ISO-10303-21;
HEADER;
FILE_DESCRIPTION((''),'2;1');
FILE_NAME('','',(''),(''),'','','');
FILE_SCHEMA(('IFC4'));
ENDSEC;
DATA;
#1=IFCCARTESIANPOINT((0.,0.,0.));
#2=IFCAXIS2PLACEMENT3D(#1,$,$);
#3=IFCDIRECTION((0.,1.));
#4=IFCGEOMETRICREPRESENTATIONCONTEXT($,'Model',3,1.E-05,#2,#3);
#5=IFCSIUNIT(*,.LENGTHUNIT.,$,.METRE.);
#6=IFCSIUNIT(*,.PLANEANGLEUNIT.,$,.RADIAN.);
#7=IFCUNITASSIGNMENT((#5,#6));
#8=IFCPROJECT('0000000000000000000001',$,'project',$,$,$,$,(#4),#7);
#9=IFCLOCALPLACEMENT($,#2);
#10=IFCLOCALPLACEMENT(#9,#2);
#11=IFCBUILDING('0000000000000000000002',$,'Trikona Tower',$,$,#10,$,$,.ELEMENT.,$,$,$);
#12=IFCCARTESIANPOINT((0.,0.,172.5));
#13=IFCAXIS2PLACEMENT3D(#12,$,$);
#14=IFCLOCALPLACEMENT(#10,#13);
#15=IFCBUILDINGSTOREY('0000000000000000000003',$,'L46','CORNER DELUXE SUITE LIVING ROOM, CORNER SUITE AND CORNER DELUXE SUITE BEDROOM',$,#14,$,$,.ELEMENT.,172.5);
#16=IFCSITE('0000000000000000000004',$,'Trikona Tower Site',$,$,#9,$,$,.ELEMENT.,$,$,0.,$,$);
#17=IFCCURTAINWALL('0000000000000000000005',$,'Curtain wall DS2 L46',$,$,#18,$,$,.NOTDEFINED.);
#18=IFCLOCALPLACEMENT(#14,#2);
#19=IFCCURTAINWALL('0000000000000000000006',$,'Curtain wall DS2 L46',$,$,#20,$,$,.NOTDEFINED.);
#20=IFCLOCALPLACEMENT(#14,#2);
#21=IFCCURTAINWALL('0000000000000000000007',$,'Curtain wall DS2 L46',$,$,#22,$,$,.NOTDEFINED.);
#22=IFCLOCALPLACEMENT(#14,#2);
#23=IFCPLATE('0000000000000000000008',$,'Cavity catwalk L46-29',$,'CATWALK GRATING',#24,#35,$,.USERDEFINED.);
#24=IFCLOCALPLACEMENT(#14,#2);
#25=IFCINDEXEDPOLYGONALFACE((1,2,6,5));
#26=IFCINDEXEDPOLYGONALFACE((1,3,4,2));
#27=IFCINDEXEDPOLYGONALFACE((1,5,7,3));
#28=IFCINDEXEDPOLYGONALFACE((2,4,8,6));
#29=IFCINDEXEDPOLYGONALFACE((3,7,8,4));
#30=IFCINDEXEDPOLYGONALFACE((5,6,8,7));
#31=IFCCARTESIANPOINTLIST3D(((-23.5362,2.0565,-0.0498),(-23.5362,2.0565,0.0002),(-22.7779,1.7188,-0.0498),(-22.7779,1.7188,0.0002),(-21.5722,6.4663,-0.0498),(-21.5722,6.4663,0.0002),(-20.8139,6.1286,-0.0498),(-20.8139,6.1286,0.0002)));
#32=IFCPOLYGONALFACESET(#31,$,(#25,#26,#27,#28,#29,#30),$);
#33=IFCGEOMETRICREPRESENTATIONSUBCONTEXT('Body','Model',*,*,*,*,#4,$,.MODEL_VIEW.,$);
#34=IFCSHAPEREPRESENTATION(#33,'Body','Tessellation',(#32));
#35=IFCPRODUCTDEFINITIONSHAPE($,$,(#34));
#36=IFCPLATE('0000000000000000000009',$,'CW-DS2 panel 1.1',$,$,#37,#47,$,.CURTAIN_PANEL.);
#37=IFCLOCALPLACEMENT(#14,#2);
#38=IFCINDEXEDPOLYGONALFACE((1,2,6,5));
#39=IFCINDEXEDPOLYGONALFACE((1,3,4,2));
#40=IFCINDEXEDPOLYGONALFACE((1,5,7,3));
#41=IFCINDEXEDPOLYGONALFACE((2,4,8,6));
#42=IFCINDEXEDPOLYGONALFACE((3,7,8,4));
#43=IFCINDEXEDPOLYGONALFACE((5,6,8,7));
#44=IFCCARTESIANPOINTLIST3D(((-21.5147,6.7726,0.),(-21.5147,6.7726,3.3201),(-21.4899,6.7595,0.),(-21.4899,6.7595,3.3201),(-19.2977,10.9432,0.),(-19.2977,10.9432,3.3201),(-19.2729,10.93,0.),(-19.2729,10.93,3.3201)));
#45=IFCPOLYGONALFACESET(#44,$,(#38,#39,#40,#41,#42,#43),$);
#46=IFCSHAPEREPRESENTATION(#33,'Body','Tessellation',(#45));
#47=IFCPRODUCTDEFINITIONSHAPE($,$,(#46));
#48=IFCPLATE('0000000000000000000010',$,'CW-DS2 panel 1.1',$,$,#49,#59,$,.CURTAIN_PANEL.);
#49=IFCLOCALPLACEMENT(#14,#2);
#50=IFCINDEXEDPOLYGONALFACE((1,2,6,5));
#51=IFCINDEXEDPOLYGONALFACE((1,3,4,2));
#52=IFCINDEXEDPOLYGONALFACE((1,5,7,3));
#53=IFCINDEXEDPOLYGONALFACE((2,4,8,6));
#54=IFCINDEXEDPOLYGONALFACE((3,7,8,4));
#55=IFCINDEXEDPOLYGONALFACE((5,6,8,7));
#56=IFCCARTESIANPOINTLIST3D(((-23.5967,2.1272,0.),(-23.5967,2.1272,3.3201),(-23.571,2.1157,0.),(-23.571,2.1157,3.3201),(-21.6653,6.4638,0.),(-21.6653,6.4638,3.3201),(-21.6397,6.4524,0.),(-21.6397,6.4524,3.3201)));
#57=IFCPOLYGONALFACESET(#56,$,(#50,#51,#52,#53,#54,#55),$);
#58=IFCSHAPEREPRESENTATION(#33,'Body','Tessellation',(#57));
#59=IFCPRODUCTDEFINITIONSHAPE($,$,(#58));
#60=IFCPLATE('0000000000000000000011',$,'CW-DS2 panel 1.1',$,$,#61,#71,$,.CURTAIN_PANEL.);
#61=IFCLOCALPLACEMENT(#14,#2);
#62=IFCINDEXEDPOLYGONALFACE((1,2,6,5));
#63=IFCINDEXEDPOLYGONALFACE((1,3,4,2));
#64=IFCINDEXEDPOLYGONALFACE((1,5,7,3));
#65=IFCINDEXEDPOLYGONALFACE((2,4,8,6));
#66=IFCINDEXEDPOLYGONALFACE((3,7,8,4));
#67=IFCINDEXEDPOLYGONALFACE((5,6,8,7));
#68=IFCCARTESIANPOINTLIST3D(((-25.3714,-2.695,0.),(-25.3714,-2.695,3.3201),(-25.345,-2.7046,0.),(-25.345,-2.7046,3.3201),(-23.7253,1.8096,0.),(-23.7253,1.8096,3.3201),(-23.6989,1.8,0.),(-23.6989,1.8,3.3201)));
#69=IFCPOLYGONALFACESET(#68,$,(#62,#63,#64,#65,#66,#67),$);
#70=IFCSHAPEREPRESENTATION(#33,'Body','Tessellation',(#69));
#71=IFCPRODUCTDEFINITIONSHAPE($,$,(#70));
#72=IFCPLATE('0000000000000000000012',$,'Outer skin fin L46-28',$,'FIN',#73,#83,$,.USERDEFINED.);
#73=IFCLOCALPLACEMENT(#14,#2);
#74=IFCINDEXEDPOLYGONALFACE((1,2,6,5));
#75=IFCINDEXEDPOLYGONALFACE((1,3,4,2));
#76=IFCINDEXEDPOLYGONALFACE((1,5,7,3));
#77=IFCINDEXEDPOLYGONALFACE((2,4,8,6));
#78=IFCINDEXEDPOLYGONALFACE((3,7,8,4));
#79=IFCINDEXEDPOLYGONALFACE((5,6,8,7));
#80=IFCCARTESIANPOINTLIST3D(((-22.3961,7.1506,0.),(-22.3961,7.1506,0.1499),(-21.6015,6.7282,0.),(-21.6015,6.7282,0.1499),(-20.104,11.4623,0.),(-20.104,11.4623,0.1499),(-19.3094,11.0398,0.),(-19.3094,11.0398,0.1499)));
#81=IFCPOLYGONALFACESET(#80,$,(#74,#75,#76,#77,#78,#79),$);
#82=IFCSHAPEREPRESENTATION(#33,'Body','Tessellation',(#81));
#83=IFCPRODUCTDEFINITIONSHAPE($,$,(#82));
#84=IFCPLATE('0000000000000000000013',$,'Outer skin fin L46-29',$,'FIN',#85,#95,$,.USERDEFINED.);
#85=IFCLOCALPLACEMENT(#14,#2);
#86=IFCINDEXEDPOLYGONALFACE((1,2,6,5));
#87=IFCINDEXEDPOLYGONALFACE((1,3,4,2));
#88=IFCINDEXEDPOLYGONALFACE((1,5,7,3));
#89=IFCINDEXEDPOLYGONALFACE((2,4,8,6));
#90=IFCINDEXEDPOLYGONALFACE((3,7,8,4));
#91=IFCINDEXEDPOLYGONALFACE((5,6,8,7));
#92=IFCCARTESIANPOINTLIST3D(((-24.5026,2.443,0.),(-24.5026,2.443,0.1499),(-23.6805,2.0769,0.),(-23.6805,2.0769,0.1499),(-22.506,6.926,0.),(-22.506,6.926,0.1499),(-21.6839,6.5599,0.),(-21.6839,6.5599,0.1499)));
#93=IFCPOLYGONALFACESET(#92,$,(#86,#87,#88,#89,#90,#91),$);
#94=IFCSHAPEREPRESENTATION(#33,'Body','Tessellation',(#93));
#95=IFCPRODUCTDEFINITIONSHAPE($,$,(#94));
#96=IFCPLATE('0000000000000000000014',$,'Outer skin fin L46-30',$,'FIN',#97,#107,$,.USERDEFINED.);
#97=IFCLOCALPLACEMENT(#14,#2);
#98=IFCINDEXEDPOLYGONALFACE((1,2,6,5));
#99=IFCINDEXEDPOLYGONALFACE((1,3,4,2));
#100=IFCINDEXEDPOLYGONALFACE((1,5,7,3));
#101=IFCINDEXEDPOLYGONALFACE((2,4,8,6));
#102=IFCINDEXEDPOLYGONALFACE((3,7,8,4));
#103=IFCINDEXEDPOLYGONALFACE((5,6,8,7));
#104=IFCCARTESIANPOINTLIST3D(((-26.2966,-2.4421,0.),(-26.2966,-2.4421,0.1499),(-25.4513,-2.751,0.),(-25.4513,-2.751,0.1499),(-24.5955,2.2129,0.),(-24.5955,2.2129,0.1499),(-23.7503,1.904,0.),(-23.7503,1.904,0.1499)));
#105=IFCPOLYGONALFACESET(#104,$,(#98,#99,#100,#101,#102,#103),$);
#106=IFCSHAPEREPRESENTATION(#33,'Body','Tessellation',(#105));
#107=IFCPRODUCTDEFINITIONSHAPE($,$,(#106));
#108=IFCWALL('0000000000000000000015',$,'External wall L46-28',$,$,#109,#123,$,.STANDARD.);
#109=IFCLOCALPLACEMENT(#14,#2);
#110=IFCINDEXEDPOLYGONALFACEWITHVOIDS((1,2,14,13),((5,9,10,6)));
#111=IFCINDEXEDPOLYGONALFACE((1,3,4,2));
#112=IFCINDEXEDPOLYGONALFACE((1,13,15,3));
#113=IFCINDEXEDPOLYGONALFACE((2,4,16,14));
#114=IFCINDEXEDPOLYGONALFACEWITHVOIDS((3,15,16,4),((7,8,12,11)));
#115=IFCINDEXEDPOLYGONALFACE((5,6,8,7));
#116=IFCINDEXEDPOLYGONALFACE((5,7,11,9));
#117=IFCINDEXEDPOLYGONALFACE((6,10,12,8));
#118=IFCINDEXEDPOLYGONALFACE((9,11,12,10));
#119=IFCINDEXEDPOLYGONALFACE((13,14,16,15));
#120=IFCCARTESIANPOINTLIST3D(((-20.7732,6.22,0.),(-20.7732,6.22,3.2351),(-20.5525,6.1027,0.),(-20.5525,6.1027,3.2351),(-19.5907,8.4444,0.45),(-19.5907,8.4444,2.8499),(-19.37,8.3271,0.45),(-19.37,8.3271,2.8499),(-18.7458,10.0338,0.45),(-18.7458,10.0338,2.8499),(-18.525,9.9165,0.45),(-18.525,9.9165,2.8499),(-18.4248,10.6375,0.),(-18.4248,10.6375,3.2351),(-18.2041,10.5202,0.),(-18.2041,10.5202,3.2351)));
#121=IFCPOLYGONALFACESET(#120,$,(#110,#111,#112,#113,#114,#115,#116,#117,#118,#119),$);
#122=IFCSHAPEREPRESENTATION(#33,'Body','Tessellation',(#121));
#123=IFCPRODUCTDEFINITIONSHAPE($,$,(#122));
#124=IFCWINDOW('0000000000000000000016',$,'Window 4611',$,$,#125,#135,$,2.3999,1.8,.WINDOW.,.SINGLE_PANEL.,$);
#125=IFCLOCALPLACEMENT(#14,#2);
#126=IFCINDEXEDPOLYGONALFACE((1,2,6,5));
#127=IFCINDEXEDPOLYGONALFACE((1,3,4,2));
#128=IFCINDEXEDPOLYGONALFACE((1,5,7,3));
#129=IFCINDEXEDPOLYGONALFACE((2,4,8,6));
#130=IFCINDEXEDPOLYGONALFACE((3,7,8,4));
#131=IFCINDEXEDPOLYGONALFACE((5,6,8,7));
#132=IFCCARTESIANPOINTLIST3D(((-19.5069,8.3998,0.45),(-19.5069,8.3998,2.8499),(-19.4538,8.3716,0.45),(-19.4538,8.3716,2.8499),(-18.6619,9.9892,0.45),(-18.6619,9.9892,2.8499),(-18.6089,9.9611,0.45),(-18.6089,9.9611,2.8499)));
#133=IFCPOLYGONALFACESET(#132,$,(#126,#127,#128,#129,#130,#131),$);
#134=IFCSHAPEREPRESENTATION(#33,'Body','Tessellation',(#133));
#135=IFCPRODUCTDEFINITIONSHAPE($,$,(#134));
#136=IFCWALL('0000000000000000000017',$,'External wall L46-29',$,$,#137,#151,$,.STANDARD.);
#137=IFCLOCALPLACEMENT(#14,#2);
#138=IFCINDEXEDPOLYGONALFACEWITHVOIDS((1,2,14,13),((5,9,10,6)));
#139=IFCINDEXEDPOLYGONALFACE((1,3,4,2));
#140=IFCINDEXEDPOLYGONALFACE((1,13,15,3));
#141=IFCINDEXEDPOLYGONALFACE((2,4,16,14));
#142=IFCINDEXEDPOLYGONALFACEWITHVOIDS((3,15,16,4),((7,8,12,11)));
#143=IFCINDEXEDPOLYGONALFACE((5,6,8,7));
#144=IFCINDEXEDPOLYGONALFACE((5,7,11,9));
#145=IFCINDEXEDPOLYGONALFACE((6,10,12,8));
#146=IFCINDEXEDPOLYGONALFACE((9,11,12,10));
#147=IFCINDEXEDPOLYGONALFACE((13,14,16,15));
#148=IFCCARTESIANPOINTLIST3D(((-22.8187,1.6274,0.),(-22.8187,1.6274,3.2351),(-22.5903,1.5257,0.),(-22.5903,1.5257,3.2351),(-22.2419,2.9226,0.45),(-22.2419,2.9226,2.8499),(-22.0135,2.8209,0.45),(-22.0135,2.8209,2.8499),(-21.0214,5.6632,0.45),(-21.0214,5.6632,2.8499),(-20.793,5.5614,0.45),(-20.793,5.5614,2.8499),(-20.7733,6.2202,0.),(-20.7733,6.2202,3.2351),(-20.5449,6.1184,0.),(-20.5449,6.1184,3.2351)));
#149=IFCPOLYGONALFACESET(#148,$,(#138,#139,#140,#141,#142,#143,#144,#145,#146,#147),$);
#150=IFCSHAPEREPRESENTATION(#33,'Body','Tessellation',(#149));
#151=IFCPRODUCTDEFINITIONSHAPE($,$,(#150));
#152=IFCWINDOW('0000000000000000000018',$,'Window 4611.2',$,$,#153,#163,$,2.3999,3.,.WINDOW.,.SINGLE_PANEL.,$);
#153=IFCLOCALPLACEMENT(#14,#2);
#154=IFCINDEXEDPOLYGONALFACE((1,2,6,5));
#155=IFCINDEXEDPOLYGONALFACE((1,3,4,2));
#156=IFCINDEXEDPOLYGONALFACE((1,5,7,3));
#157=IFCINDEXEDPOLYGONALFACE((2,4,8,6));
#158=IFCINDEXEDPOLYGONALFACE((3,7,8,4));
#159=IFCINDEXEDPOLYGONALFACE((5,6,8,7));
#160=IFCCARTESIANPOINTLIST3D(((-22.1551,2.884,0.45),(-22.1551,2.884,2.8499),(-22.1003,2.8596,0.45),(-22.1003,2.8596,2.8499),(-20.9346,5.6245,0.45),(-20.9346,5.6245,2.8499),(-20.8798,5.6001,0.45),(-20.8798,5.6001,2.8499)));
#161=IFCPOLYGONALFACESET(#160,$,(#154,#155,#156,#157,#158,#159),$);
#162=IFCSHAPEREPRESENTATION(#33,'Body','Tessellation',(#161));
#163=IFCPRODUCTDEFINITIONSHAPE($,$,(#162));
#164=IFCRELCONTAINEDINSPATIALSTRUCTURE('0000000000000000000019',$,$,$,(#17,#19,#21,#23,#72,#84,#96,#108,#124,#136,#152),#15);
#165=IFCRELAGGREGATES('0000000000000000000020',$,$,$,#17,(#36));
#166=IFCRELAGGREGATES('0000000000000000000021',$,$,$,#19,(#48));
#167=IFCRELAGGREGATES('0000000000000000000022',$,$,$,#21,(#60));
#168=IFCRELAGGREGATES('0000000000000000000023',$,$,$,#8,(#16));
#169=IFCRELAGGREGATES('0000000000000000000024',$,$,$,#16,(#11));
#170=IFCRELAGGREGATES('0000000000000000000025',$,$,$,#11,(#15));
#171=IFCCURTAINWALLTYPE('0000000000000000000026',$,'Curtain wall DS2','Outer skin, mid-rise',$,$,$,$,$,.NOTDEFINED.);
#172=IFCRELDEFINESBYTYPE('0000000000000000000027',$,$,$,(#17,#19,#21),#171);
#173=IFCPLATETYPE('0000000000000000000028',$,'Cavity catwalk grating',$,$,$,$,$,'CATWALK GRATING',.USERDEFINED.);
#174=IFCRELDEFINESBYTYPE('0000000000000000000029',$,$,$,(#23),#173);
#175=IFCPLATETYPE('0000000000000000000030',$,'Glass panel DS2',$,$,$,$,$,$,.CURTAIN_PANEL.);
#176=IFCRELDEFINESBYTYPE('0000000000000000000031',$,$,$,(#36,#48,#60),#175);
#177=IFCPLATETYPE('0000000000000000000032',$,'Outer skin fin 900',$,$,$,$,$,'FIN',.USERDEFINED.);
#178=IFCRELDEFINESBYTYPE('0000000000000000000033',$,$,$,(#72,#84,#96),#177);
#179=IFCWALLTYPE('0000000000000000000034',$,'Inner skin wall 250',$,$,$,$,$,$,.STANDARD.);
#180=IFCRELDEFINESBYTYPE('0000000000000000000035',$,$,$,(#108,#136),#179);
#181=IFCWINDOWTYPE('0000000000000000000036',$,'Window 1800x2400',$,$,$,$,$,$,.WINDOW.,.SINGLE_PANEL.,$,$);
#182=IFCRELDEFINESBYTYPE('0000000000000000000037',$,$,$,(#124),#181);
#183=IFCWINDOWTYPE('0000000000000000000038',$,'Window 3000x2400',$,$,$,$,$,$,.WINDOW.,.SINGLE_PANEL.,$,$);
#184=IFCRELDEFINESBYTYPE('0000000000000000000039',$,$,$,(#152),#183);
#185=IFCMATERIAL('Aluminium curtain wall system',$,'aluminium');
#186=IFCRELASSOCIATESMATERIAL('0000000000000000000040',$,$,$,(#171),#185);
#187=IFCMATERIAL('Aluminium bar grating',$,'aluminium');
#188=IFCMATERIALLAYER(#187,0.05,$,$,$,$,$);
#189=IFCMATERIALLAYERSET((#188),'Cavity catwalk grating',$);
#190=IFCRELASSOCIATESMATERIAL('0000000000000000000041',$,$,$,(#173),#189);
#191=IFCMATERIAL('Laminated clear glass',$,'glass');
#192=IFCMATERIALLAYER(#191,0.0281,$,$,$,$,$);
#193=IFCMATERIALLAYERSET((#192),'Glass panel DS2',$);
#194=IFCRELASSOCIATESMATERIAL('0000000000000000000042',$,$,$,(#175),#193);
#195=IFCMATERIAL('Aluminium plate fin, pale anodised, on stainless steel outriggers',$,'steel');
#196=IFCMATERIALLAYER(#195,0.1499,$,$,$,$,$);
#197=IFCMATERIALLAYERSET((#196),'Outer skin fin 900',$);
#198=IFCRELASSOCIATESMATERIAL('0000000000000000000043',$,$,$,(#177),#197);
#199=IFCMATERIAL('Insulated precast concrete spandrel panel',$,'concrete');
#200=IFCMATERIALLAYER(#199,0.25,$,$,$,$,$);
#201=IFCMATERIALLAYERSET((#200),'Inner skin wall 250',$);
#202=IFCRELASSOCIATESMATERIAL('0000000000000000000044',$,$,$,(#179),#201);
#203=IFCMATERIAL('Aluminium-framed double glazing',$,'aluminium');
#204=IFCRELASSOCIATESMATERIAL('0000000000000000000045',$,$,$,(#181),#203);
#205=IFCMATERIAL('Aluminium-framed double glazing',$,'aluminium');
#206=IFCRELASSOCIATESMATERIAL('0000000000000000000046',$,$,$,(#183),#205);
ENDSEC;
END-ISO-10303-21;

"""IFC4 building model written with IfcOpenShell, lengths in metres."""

from ifc_helpers import new_model, si_unit, direction, frame, frame_2d, origin, origin_2d, place, context, subcontext, project, spatial, rectangle, extrude, material, layer, layer_set, type_object, element, fill, aggregate, save


model = new_model("IFC4")

# Units and contexts
model_context = context("Model", 3, precision=1e-05, world=origin(), true_north=direction((0.0, 1.0)))
body_context = subcontext(model_context, "Body", "Model", "MODEL_VIEW")
ifc_project = project(units=[si_unit("LENGTHUNIT", "METRE"), si_unit("PLANEANGLEUNIT", "RADIAN")], contexts=[model_context])

# Site, building, storey
site_placement = place(None, origin())
site = spatial("IfcSite", under=ifc_project, at=site_placement, Name="Trikona Tower Site", CompositionType="ELEMENT", RefElevation=0.0)
building_placement = place(site_placement, origin())
building = spatial("IfcBuilding", under=site, at=building_placement, Name="Trikona Tower", CompositionType="ELEMENT")
storey_placement = place(building_placement, frame((0.0, 0.0, 172.5)))
storey = spatial("IfcBuildingStorey", under=building, at=storey_placement, Name="L46", Description="CORNER DELUXE SUITE LIVING ROOM, CORNER SUITE AND CORNER DELUXE SUITE BEDROOM", CompositionType="ELEMENT", Elevation=172.5)

# Shared definitions
ifc_material_1 = material(Name="Aluminium curtain wall system", Category="aluminium")
curtain_wall_type = type_object("IfcCurtainWallType", Name="Curtain wall DS2", Description="Outer skin, mid-rise", PredefinedType="NOTDEFINED", material=ifc_material_1)

# Curtain walls
curtain_wall_1_placement = place(storey_placement, origin())
curtain_wall_1 = element("IfcCurtainWall", 1, at=curtain_wall_1_placement, inside=storey, type_object=curtain_wall_type, Name="Curtain wall DS2 L46", PredefinedType="NOTDEFINED")
curtain_wall_2_placement = place(storey_placement, origin())
curtain_wall_2 = element("IfcCurtainWall", 2, at=curtain_wall_2_placement, inside=storey, type_object=curtain_wall_type, Name="Curtain wall DS2 L46", PredefinedType="NOTDEFINED")

# Curtain wall
curtain_wall_3_placement = place(storey_placement, origin())
curtain_wall_3 = element("IfcCurtainWall", 3, at=curtain_wall_3_placement, inside=storey, type_object=curtain_wall_type, Name="Curtain wall DS2 L46", PredefinedType="NOTDEFINED")

# Plate
ifc_material_2 = material(Name="Aluminium bar grating", Category="aluminium")
ifc_layer_1 = layer(ifc_material_2, 0.05)
ifc_layer_set_1 = layer_set([ifc_layer_1], Name="Cavity catwalk grating")
plate_type_1 = type_object("IfcPlateType", Name="Cavity catwalk grating", ElementType="CATWALK GRATING", PredefinedType="USERDEFINED", material=ifc_layer_set_1)
plate_1_placement = place(storey_placement, frame((-22.175, 4.0925, -0.0498), z_axis=(0.0, 0.0, 1.0), x_axis=(-0.406843, -0.913498, 0.0)))
element("IfcPlate", 4, at=plate_1_placement, inside=storey, type_object=plate_type_1, Name="Cavity catwalk L46-29", ObjectType="CATWALK GRATING", PredefinedType="USERDEFINED", context=body_context, shape_type="SweptSolid", body=[
    extrude(rectangle(XDim=4.8274, YDim=0.8301, at=origin_2d()), origin(), (0.0, 0.0, 1.0), 0.05),
])

# Plates
ifc_material_3 = material(Name="Laminated clear glass", Category="glass")
ifc_layer_2 = layer(ifc_material_3, 0.0281)
ifc_layer_set_2 = layer_set([ifc_layer_2], Name="Glass panel DS2")
plate_type_2 = type_object("IfcPlateType", Name="Glass panel DS2", PredefinedType="CURTAIN_PANEL", material=ifc_layer_set_2)
plate_2_placement = place(storey_placement, frame((-20.3938, 8.8513, 0.0), z_axis=(0.0, 0.0, 1.0), x_axis=(-0.46938, -0.882996, 0.0)))
plate_2 = element("IfcPlate", 5, at=plate_2_placement, type_object=plate_type_2, Name="CW-DS2 panel 1.1", PredefinedType="CURTAIN_PANEL", context=body_context, shape_type="SweptSolid", body=[
    extrude(rectangle(XDim=4.7231, YDim=0.0281, at=origin_2d()), origin(), (0.0, 0.0, 1.0), 3.3201),
])
aggregate(curtain_wall_1, [plate_2])
plate_3_placement = place(storey_placement, frame((-22.6182, 4.2898, 0.0), z_axis=(0.0, 0.0, 1.0), x_axis=(-0.406836, -0.913501, 0.0)))
plate_3 = element("IfcPlate", 6, at=plate_3_placement, type_object=plate_type_2, Name="CW-DS2 panel 1.1", PredefinedType="CURTAIN_PANEL", context=body_context, shape_type="SweptSolid", body=[
    extrude(rectangle(XDim=4.7473, YDim=0.0281, at=origin_2d()), origin(), (0.0, 0.0, 1.0), 3.3201),
])
aggregate(curtain_wall_2, [plate_3])
plate_4_placement = place(storey_placement, frame((-24.5352, -0.4475, 0.0), z_axis=(0.0, 0.0, 1.0), x_axis=(-0.343223, -0.939254, 0.0)))
plate_4 = element("IfcPlate", 7, at=plate_4_placement, type_object=plate_type_2, Name="CW-DS2 panel 1.1", PredefinedType="CURTAIN_PANEL", context=body_context, shape_type="SweptSolid", body=[
    extrude(rectangle(XDim=4.7959, YDim=0.0281, at=origin_2d()), origin(), (0.0, 0.0, 1.0), 3.3201),
])
aggregate(curtain_wall_3, [plate_4])

# Plates
ifc_material_4 = material(Name="Aluminium plate fin, pale anodised, on stainless steel outriggers", Category="steel")
ifc_layer_3 = layer(ifc_material_4, 0.1499)
ifc_layer_set_3 = layer_set([ifc_layer_3], Name="Outer skin fin 900")
plate_type_3 = type_object("IfcPlateType", Name="Outer skin fin 900", ElementType="FIN", PredefinedType="USERDEFINED", material=ifc_layer_set_3)
plate_5_placement = place(storey_placement, frame((-20.8528, 9.0952, 0.0), z_axis=(0.0, 0.0, 1.0), x_axis=(-0.469398, -0.882987, 0.0)))
element("IfcPlate", 8, at=plate_5_placement, inside=storey, type_object=plate_type_3, Name="Outer skin fin L46-28", ObjectType="FIN", PredefinedType="USERDEFINED", context=body_context, shape_type="SweptSolid", body=[
    extrude(rectangle(XDim=4.8831, YDim=0.8999, at=origin_2d()), origin(), (0.0, 0.0, 1.0), 0.1499),
])
plate_6_placement = place(storey_placement, frame((-23.0933, 4.5015, 0.0), z_axis=(0.0, 0.0, 1.0), x_axis=(-0.406843, -0.913498, 0.0)))
element("IfcPlate", 9, at=plate_6_placement, inside=storey, type_object=plate_type_3, Name="Outer skin fin L46-29", ObjectType="FIN", PredefinedType="USERDEFINED", context=body_context, shape_type="SweptSolid", body=[
    extrude(rectangle(XDim=4.9075, YDim=0.8999, at=origin_2d()), origin(), (0.0, 0.0, 1.0), 0.1499),
])
plate_7_placement = place(storey_placement, frame((-25.0234, -0.269, 0.0), z_axis=(0.0, 0.0, 1.0), x_axis=(-0.34322, -0.939255, 0.0)))
element("IfcPlate", 10, at=plate_7_placement, inside=storey, type_object=plate_type_3, Name="Outer skin fin L46-30", ObjectType="FIN", PredefinedType="USERDEFINED", context=body_context, shape_type="SweptSolid", body=[
    extrude(rectangle(XDim=4.9561, YDim=0.8999, at=origin_2d()), origin(), (0.0, 0.0, 1.0), 0.1499),
])

# Walls, openings, windows
ifc_material_5 = material(Name="Insulated precast concrete spandrel panel", Category="concrete")
ifc_layer_4 = layer(ifc_material_5, 0.25)
ifc_layer_set_4 = layer_set([ifc_layer_4], Name="Inner skin wall 250")
wall_type = type_object("IfcWallType", Name="Inner skin wall 250", PredefinedType="STANDARD", material=ifc_layer_set_4)
wall_1_placement = place(storey_placement, frame((-18.3145, 10.5789, 0.0), z_axis=(0.0, 0.0, 1.0), x_axis=(-0.469405, -0.882983, 0.0)))
wall_1 = element("IfcWall", 11, at=wall_1_placement, inside=storey, type_object=wall_type, Name="External wall L46-28", PredefinedType="STANDARD", context=body_context, shape_type="SweptSolid", body=[
    extrude(rectangle(XDim=5.0029, YDim=0.25, at=frame_2d((2.5015, 0.0))), origin(), (0.0, 0.0, 1.0), 3.2351),
])
opening_1_placement = place(wall_1_placement, frame((0.6838, 0.0, 0.45)))
opening_1 = element("IfcOpeningElement", 12, at=opening_1_placement, cuts=wall_1, PredefinedType="OPENING", context=body_context, shape_type="SweptSolid", body=[
    extrude(rectangle(XDim=1.8, YDim=2.3999, at=frame_2d((0.8999, 1.2))), frame((0.0, 0.135, 0.0), z_axis=(0.0, -1.0, 0.0), x_axis=(1.0, 0.0, 0.0)), (0.0, 0.0, 1.0), 0.27),
])
ifc_material_6 = material(Name="Aluminium-framed double glazing", Category="aluminium")
window_type_1 = type_object("IfcWindowType", Name="Window 1800x2400", PartitioningType="SINGLE_PANEL", PredefinedType="WINDOW", material=ifc_material_6)
window_1_placement = place(opening_1_placement, origin())
window_1 = element("IfcWindow", 13, at=window_1_placement, inside=storey, type_object=window_type_1, Name="Window 4611", OverallHeight=2.3999, OverallWidth=1.8, PartitioningType="SINGLE_PANEL", PredefinedType="WINDOW", context=body_context, shape_type="SweptSolid", body=[
    extrude(rectangle(XDim=1.8, YDim=2.3999, at=frame_2d((0.8999, 1.2))), frame((0.0, 0.03, 0.0), z_axis=(0.0, -1.0, 0.0), x_axis=(1.0, 0.0, 0.0)), (0.0, 0.0, 1.0), 0.0601),
])
fill(opening_1, window_1)
wall_2_placement = place(storey_placement, frame((-20.6592, 6.1692, 0.0), z_axis=(0.0, 0.0, 1.0), x_axis=(-0.406832, -0.913503, 0.0)))
wall_2 = element("IfcWall", 14, at=wall_2_placement, inside=storey, type_object=wall_type, Name="External wall L46-29", PredefinedType="STANDARD", context=body_context, shape_type="SweptSolid", body=[
    extrude(rectangle(XDim=5.0276, YDim=0.25, at=frame_2d((2.5137, 0.0))), origin(), (0.0, 0.0, 1.0), 3.2351),
])
opening_2_placement = place(wall_2_placement, frame((0.6096, 0.0, 0.45)))
opening_2 = element("IfcOpeningElement", 15, at=opening_2_placement, cuts=wall_2, PredefinedType="OPENING", context=body_context, shape_type="SweptSolid", body=[
    extrude(rectangle(XDim=3.0, YDim=2.3999, at=frame_2d((1.5, 1.2))), frame((0.0, 0.135, 0.0), z_axis=(0.0, -1.0, 0.0), x_axis=(1.0, 0.0, 0.0)), (0.0, 0.0, 1.0), 0.27),
])
ifc_material_7 = material(Name="Aluminium-framed double glazing", Category="aluminium")
window_type_2 = type_object("IfcWindowType", Name="Window 3000x2400", PartitioningType="SINGLE_PANEL", PredefinedType="WINDOW", material=ifc_material_7)
window_2_placement = place(opening_2_placement, origin())
window_2 = element("IfcWindow", 16, at=window_2_placement, inside=storey, type_object=window_type_2, Name="Window 4611.2", OverallHeight=2.3999, OverallWidth=3.0, PartitioningType="SINGLE_PANEL", PredefinedType="WINDOW", context=body_context, shape_type="SweptSolid", body=[
    extrude(rectangle(XDim=3.0, YDim=2.3999, at=frame_2d((1.5, 1.2))), frame((0.0, 0.03, 0.0), z_axis=(0.0, -1.0, 0.0), x_axis=(1.0, 0.0, 0.0)), (0.0, 0.0, 1.0), 0.0601),
])
fill(opening_2, window_2)

save(model, "model.ifc")
